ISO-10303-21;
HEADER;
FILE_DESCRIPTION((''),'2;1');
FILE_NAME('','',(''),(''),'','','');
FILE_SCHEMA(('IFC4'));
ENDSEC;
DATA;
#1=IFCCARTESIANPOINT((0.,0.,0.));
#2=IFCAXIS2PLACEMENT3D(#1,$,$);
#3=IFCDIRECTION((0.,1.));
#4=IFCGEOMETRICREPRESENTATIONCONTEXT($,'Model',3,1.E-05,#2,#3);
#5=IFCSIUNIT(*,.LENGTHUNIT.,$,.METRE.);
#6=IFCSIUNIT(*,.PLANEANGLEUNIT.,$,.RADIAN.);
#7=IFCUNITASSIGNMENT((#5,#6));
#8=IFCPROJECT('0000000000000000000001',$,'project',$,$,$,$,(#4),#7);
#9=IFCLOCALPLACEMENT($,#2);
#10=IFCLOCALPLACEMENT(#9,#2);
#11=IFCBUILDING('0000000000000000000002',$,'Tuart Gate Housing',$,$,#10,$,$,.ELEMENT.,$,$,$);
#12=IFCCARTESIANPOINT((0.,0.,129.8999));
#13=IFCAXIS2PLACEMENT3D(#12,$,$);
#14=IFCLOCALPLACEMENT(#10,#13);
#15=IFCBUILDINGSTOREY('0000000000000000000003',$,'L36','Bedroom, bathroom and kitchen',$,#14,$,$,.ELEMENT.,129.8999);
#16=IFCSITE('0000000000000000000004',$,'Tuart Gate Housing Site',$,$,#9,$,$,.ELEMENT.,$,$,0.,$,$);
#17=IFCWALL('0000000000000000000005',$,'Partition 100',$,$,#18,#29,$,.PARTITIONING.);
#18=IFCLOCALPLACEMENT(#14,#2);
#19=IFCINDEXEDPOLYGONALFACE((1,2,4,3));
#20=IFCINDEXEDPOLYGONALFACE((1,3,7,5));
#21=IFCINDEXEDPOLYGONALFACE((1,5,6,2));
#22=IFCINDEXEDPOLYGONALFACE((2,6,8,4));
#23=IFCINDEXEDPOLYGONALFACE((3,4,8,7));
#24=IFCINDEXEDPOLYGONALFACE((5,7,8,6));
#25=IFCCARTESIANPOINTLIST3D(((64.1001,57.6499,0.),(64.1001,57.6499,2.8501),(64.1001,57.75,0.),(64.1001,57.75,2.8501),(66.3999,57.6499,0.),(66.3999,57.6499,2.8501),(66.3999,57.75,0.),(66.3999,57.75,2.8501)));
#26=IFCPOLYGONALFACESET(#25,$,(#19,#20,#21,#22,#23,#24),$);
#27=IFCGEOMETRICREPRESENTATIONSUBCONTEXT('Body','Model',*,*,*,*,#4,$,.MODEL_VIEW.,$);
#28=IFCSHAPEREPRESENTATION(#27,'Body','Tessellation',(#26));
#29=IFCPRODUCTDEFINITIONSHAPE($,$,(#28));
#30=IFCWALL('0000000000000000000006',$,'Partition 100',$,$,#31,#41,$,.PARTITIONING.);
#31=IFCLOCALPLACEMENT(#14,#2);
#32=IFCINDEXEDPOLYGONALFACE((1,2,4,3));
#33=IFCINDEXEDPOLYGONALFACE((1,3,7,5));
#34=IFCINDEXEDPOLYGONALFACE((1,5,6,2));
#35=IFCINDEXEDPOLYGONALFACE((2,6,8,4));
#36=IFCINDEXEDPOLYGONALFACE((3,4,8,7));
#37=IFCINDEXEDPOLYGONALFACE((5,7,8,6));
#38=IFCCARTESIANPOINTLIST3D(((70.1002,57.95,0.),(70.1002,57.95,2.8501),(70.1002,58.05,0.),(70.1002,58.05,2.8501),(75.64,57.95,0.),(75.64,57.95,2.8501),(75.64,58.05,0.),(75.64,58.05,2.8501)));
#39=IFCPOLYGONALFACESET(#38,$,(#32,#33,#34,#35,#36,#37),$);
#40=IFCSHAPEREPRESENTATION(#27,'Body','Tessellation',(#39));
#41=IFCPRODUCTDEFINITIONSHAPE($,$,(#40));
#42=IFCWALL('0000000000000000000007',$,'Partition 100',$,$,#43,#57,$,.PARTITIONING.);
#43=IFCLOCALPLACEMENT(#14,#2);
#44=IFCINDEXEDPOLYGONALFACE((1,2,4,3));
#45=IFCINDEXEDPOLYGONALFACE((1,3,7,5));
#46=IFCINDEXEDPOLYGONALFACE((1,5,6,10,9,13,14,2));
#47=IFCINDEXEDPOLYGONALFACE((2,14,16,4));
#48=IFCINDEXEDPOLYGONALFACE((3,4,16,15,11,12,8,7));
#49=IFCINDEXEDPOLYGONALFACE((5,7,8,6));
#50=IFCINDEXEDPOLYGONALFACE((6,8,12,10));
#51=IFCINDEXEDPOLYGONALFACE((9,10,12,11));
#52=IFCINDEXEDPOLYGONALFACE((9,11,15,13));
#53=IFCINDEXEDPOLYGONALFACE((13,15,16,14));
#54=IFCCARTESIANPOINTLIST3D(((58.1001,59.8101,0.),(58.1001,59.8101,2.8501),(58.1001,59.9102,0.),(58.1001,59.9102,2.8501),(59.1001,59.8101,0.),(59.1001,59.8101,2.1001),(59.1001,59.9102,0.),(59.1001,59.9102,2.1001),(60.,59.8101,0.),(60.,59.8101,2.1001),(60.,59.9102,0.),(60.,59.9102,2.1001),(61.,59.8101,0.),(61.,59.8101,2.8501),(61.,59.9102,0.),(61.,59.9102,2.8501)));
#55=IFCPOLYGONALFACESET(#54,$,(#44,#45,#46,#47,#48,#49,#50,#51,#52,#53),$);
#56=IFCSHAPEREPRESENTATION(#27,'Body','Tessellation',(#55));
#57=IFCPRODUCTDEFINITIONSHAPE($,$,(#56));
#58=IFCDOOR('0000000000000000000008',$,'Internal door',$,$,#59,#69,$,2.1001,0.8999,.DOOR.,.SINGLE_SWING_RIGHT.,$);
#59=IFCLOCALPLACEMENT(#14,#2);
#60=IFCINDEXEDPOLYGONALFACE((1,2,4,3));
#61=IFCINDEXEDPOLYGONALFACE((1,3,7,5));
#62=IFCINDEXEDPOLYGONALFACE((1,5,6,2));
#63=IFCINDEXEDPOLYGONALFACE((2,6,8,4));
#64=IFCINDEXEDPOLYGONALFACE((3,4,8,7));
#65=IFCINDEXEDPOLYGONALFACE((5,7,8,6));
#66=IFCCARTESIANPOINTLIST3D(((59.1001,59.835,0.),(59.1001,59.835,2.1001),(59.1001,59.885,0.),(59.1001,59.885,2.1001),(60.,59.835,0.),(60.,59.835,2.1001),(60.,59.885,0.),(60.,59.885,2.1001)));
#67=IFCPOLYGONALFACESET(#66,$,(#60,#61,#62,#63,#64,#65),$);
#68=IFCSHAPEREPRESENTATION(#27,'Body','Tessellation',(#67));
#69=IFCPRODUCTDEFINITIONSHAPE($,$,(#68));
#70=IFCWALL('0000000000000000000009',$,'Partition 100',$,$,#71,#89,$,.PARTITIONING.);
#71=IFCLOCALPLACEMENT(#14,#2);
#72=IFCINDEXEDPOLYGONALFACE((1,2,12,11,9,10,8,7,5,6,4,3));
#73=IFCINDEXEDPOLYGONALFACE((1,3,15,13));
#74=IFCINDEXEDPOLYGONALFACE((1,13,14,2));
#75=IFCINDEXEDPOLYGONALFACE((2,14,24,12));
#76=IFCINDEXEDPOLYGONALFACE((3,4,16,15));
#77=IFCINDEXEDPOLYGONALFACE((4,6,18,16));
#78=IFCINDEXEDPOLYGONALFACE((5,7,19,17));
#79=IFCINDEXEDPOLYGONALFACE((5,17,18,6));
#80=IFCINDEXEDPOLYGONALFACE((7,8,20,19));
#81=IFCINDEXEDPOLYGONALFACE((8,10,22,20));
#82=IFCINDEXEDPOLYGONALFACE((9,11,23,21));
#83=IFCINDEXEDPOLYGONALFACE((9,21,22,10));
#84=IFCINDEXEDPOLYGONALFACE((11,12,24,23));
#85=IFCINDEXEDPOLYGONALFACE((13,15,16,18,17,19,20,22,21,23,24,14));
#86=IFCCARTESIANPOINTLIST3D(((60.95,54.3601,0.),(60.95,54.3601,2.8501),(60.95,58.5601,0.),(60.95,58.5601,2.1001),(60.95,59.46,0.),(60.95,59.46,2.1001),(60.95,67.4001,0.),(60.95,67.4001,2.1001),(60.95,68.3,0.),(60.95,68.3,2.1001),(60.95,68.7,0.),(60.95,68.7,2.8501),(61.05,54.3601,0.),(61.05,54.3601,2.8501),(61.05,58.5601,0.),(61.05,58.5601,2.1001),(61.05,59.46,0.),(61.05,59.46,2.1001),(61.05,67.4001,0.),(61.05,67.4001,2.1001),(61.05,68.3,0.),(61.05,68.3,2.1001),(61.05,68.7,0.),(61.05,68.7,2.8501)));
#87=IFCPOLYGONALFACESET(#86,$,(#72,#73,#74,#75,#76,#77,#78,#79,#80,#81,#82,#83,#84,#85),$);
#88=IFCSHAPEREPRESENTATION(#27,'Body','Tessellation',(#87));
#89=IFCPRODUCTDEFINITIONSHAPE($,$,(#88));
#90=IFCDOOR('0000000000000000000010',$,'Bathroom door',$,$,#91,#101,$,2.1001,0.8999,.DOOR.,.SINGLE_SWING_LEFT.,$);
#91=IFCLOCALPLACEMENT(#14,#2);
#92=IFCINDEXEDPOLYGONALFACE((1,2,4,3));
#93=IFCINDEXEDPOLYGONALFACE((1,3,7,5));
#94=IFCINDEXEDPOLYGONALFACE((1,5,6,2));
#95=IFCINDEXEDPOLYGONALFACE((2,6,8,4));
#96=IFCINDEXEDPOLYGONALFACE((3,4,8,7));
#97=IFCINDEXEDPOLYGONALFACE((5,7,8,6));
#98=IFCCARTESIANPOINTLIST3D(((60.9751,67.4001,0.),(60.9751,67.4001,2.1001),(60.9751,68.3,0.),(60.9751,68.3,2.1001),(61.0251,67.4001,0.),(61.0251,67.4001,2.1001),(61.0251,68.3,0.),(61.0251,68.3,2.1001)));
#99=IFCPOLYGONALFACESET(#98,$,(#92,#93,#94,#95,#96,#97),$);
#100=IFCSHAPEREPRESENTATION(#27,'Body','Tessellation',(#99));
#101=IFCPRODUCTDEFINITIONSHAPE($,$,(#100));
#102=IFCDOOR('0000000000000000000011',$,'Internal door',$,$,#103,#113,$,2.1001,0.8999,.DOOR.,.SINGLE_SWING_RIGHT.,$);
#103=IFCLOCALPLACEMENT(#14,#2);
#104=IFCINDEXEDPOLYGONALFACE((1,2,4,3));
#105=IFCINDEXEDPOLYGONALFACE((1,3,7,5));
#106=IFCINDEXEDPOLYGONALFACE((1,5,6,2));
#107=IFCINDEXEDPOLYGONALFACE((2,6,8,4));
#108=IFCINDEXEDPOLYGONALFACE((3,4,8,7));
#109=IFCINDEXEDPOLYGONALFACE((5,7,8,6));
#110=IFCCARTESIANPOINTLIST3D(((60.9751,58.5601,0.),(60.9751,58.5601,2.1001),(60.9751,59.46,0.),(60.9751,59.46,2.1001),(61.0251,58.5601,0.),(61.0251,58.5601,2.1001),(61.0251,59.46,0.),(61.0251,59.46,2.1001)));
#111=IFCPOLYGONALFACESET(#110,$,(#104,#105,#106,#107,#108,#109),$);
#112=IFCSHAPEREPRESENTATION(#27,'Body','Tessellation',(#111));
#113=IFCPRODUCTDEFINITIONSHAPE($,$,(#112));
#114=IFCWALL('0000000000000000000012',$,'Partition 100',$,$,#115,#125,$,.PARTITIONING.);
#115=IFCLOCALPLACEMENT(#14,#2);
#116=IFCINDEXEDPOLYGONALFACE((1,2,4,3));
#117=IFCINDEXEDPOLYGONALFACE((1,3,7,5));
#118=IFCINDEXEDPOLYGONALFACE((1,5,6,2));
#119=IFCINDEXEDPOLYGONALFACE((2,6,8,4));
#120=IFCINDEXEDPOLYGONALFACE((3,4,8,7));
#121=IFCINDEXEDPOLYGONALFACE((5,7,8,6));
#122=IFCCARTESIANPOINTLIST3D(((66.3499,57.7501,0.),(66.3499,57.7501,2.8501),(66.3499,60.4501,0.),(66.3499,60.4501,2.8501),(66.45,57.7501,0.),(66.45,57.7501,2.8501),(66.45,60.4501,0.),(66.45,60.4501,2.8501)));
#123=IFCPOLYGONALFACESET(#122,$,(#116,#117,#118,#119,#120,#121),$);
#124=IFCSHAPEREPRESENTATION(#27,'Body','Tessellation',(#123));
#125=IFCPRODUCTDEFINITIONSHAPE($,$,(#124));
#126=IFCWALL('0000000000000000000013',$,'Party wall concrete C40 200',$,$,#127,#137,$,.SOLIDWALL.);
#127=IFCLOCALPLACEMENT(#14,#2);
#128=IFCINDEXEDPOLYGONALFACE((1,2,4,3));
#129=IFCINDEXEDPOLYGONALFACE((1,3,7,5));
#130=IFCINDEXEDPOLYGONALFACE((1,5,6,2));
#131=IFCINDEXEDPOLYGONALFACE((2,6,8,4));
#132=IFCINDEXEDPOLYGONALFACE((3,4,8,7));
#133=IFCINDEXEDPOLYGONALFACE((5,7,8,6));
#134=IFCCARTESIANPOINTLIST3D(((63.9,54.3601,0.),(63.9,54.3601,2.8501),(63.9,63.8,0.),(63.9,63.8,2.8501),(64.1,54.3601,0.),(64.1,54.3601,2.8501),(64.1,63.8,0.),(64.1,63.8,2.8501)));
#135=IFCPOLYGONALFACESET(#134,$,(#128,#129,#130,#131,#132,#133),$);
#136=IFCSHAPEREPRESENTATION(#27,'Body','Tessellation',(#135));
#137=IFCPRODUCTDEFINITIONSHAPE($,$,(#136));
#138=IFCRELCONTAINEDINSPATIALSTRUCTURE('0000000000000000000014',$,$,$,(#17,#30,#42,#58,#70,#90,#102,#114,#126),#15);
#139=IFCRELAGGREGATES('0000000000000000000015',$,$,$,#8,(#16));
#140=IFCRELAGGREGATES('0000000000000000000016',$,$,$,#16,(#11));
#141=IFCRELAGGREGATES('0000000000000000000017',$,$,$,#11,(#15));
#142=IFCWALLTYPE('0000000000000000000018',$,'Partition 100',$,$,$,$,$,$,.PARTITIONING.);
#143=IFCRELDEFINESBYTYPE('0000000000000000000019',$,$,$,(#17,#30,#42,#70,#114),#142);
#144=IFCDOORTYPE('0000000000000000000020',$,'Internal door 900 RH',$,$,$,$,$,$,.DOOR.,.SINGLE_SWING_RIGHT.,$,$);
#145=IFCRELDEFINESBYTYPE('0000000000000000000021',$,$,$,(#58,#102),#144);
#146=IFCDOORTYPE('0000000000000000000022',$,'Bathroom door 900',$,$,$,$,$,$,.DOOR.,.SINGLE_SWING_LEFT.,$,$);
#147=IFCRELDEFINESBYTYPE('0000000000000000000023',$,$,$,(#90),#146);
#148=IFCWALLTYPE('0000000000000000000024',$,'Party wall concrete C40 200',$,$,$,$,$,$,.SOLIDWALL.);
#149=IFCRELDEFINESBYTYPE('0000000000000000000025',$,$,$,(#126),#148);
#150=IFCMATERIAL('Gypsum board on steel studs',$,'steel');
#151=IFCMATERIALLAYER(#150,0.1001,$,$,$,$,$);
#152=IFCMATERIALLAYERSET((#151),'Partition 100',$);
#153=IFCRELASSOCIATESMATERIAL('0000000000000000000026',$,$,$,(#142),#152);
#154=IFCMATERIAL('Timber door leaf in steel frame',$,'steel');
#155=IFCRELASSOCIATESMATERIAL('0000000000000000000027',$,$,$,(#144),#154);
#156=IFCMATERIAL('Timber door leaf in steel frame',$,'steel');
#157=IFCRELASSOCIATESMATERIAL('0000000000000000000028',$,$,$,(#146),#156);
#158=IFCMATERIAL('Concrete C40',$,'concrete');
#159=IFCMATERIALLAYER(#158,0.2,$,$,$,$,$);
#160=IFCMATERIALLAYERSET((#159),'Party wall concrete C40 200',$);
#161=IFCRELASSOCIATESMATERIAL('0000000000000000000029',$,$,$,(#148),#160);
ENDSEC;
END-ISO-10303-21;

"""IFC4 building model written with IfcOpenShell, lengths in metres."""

from ifc_helpers import new_model, si_unit, direction, frame, frame_2d, origin, place, context, subcontext, project, spatial, rectangle, extrude, material, layer, layer_set, type_object, element, fill, save


model = new_model("IFC4")

# Units and contexts
model_context = context("Model", 3, precision=1e-05, world=origin(), true_north=direction((0.0, 1.0)))
body_context = subcontext(model_context, "Body", "Model", "MODEL_VIEW")
ifc_project = project(units=[si_unit("LENGTHUNIT", "METRE"), si_unit("PLANEANGLEUNIT", "RADIAN")], contexts=[model_context])

# Site, building, storey
site_placement = place(None, origin())
site = spatial("IfcSite", under=ifc_project, at=site_placement, Name="Tuart Gate Housing Site", CompositionType="ELEMENT", RefElevation=0.0)
building_placement = place(site_placement, origin())
building = spatial("IfcBuilding", under=site, at=building_placement, Name="Tuart Gate Housing", CompositionType="ELEMENT")
storey_placement = place(building_placement, frame((0.0, 0.0, 129.8999)))
storey = spatial("IfcBuildingStorey", under=building, at=storey_placement, Name="L36", Description="Bedroom, bathroom and kitchen", CompositionType="ELEMENT", Elevation=129.8999)

# Walls
ifc_material_1 = material(Name="Gypsum board on steel studs", Category="steel")
ifc_layer_1 = layer(ifc_material_1, 0.1001)
ifc_layer_set_1 = layer_set([ifc_layer_1], Name="Partition 100")
wall_type_1 = type_object("IfcWallType", Name="Partition 100", PredefinedType="PARTITIONING", material=ifc_layer_set_1)
wall_1_placement = place(storey_placement, frame((64.1001, 57.7, 0.0), z_axis=(0.0, 0.0, 1.0), x_axis=(1.0, 0.0, 0.0)))
element("IfcWall", 1, at=wall_1_placement, inside=storey, type_object=wall_type_1, Name="Partition 100", PredefinedType="PARTITIONING", context=body_context, shape_type="SweptSolid", body=[
    extrude(rectangle(XDim=2.2998, YDim=0.1001, at=frame_2d((1.1499, 0.0))), origin(), (0.0, 0.0, 1.0), 2.8501),
])
wall_2_placement = place(storey_placement, frame((70.1001, 58.0, 0.0), z_axis=(0.0, 0.0, 1.0), x_axis=(1.0, 0.0, 0.0)))
element("IfcWall", 2, at=wall_2_placement, inside=storey, type_object=wall_type_1, Name="Partition 100", PredefinedType="PARTITIONING", context=body_context, shape_type="SweptSolid", body=[
    extrude(rectangle(XDim=5.5398, YDim=0.1001, at=frame_2d((2.77, 0.0))), origin(), (0.0, 0.0, 1.0), 2.8501),
])

# Wall, opening, door
wall_3_placement = place(storey_placement, frame((58.1001, 59.8601, 0.0), z_axis=(0.0, 0.0, 1.0), x_axis=(1.0, 0.0, 0.0)))
wall_3 = element("IfcWall", 3, at=wall_3_placement, inside=storey, type_object=wall_type_1, Name="Partition 100", PredefinedType="PARTITIONING", context=body_context, shape_type="SweptSolid", body=[
    extrude(rectangle(XDim=2.8999, YDim=0.1001, at=frame_2d((1.45, 0.0))), origin(), (0.0, 0.0, 1.0), 2.8501),
])
opening_1_placement = place(wall_3_placement, frame((1.0, 0.0, 0.0)))
opening_1 = element("IfcOpeningElement", 4, at=opening_1_placement, cuts=wall_3, PredefinedType="OPENING", context=body_context, shape_type="SweptSolid", body=[
    extrude(rectangle(XDim=0.8999, YDim=2.1001, at=frame_2d((0.45, 1.05))), frame((0.0, 0.0601, 0.0), z_axis=(0.0, -1.0, 0.0), x_axis=(1.0, 0.0, 0.0)), (0.0, 0.0, 1.0), 0.1201),
])
ifc_material_2 = material(Name="Timber door leaf in steel frame", Category="steel")
door_type_1 = type_object("IfcDoorType", Name="Internal door 900 RH", OperationType="SINGLE_SWING_RIGHT", PredefinedType="DOOR", material=ifc_material_2)
door_1_placement = place(opening_1_placement, origin())
door_1 = element("IfcDoor", 5, at=door_1_placement, inside=storey, type_object=door_type_1, Name="Internal door", OperationType="SINGLE_SWING_RIGHT", OverallHeight=2.1001, OverallWidth=0.8999, PredefinedType="DOOR", context=body_context, shape_type="SweptSolid", body=[
    extrude(rectangle(XDim=0.8999, YDim=2.1001, at=frame_2d((0.45, 1.05))), frame((0.0, 0.0249, 0.0), z_axis=(0.0, -1.0, 0.0), x_axis=(1.0, 0.0, 0.0)), (0.0, 0.0, 1.0), 0.05),
])
fill(opening_1, door_1)

# Wall, openings, doors
wall_4_placement = place(storey_placement, frame((61.0, 54.3601, 0.0), z_axis=(0.0, 0.0, 1.0), x_axis=(0.0, 1.0, 0.0)))
wall_4 = element("IfcWall", 6, at=wall_4_placement, inside=storey, type_object=wall_type_1, Name="Partition 100", PredefinedType="PARTITIONING", context=body_context, shape_type="SweptSolid", body=[
    extrude(rectangle(XDim=14.3398, YDim=0.1001, at=frame_2d((7.1699, 0.0))), origin(), (0.0, 0.0, 1.0), 2.8501),
])
opening_2_placement = place(wall_4_placement, frame((4.2, 0.0, 0.0)))
opening_2 = element("IfcOpeningElement", 7, at=opening_2_placement, cuts=wall_4, PredefinedType="OPENING", context=body_context, shape_type="SweptSolid", body=[
    extrude(rectangle(XDim=0.8999, YDim=2.1001, at=frame_2d((0.45, 1.05))), frame((0.0, 0.0601, 0.0), z_axis=(0.0, -1.0, 0.0), x_axis=(1.0, 0.0, 0.0)), (0.0, 0.0, 1.0), 0.1201),
])
opening_3_placement = place(wall_4_placement, frame((13.04, 0.0, 0.0)))
opening_3 = element("IfcOpeningElement", 8, at=opening_3_placement, cuts=wall_4, PredefinedType="OPENING", context=body_context, shape_type="SweptSolid", body=[
    extrude(rectangle(XDim=0.8999, YDim=2.1001, at=frame_2d((0.45, 1.05))), frame((0.0, 0.0601, 0.0), z_axis=(0.0, -1.0, 0.0), x_axis=(1.0, 0.0, 0.0)), (0.0, 0.0, 1.0), 0.1201),
])
ifc_material_3 = material(Name="Timber door leaf in steel frame", Category="steel")
door_type_2 = type_object("IfcDoorType", Name="Bathroom door 900", OperationType="SINGLE_SWING_LEFT", PredefinedType="DOOR", material=ifc_material_3)
door_2_placement = place(opening_3_placement, frame((0.8999, 0.0, 0.0), z_axis=(0.0, 0.0, 1.0), x_axis=(-1.0, 0.0, 0.0)))
door_2 = element("IfcDoor", 9, at=door_2_placement, inside=storey, type_object=door_type_2, Name="Bathroom door", OperationType="SINGLE_SWING_LEFT", OverallHeight=2.1001, OverallWidth=0.8999, PredefinedType="DOOR", context=body_context, shape_type="SweptSolid", body=[
    extrude(rectangle(XDim=0.8999, YDim=2.1001, at=frame_2d((0.45, 1.05))), frame((0.0, 0.0251, 0.0), z_axis=(0.0, -1.0, 0.0), x_axis=(1.0, 0.0, 0.0)), (0.0, 0.0, 1.0), 0.05),
])
fill(opening_3, door_2)
door_3_placement = place(opening_2_placement, frame((0.8999, 0.0, 0.0), z_axis=(0.0, 0.0, 1.0), x_axis=(-1.0, 0.0, 0.0)))
door_3 = element("IfcDoor", 10, at=door_3_placement, inside=storey, type_object=door_type_1, Name="Internal door", OperationType="SINGLE_SWING_RIGHT", OverallHeight=2.1001, OverallWidth=0.8999, PredefinedType="DOOR", context=body_context, shape_type="SweptSolid", body=[
    extrude(rectangle(XDim=0.8999, YDim=2.1001, at=frame_2d((0.45, 1.05))), frame((0.0, 0.0251, 0.0), z_axis=(0.0, -1.0, 0.0), x_axis=(1.0, 0.0, 0.0)), (0.0, 0.0, 1.0), 0.05),
])
fill(opening_2, door_3)

# Walls
wall_5_placement = place(storey_placement, frame((66.3999, 57.75, 0.0), z_axis=(0.0, 0.0, 1.0), x_axis=(0.0, 1.0, 0.0)))
element("IfcWall", 11, at=wall_5_placement, inside=storey, type_object=wall_type_1, Name="Partition 100", PredefinedType="PARTITIONING", context=body_context, shape_type="SweptSolid", body=[
    extrude(rectangle(XDim=2.7, YDim=0.1001, at=frame_2d((1.3501, 0.0))), origin(), (0.0, 0.0, 1.0), 2.8501),
])
ifc_material_4 = material(Name="Concrete C40", Category="concrete")
ifc_layer_2 = layer(ifc_material_4, 0.2)
ifc_layer_set_2 = layer_set([ifc_layer_2], Name="Party wall concrete C40 200")
wall_type_2 = type_object("IfcWallType", Name="Party wall concrete C40 200", PredefinedType="SOLIDWALL", material=ifc_layer_set_2)
wall_6_placement = place(storey_placement, frame((64.0, 54.3601, 0.0), z_axis=(0.0, 0.0, 1.0), x_axis=(0.0, 1.0, 0.0)))
element("IfcWall", 12, at=wall_6_placement, inside=storey, type_object=wall_type_2, Name="Party wall concrete C40 200", PredefinedType="SOLIDWALL", context=body_context, shape_type="SweptSolid", body=[
    extrude(rectangle(XDim=9.4399, YDim=0.2, at=frame_2d((4.72, 0.0))), origin(), (0.0, 0.0, 1.0), 2.8501),
])

save(model, "model.ifc")
